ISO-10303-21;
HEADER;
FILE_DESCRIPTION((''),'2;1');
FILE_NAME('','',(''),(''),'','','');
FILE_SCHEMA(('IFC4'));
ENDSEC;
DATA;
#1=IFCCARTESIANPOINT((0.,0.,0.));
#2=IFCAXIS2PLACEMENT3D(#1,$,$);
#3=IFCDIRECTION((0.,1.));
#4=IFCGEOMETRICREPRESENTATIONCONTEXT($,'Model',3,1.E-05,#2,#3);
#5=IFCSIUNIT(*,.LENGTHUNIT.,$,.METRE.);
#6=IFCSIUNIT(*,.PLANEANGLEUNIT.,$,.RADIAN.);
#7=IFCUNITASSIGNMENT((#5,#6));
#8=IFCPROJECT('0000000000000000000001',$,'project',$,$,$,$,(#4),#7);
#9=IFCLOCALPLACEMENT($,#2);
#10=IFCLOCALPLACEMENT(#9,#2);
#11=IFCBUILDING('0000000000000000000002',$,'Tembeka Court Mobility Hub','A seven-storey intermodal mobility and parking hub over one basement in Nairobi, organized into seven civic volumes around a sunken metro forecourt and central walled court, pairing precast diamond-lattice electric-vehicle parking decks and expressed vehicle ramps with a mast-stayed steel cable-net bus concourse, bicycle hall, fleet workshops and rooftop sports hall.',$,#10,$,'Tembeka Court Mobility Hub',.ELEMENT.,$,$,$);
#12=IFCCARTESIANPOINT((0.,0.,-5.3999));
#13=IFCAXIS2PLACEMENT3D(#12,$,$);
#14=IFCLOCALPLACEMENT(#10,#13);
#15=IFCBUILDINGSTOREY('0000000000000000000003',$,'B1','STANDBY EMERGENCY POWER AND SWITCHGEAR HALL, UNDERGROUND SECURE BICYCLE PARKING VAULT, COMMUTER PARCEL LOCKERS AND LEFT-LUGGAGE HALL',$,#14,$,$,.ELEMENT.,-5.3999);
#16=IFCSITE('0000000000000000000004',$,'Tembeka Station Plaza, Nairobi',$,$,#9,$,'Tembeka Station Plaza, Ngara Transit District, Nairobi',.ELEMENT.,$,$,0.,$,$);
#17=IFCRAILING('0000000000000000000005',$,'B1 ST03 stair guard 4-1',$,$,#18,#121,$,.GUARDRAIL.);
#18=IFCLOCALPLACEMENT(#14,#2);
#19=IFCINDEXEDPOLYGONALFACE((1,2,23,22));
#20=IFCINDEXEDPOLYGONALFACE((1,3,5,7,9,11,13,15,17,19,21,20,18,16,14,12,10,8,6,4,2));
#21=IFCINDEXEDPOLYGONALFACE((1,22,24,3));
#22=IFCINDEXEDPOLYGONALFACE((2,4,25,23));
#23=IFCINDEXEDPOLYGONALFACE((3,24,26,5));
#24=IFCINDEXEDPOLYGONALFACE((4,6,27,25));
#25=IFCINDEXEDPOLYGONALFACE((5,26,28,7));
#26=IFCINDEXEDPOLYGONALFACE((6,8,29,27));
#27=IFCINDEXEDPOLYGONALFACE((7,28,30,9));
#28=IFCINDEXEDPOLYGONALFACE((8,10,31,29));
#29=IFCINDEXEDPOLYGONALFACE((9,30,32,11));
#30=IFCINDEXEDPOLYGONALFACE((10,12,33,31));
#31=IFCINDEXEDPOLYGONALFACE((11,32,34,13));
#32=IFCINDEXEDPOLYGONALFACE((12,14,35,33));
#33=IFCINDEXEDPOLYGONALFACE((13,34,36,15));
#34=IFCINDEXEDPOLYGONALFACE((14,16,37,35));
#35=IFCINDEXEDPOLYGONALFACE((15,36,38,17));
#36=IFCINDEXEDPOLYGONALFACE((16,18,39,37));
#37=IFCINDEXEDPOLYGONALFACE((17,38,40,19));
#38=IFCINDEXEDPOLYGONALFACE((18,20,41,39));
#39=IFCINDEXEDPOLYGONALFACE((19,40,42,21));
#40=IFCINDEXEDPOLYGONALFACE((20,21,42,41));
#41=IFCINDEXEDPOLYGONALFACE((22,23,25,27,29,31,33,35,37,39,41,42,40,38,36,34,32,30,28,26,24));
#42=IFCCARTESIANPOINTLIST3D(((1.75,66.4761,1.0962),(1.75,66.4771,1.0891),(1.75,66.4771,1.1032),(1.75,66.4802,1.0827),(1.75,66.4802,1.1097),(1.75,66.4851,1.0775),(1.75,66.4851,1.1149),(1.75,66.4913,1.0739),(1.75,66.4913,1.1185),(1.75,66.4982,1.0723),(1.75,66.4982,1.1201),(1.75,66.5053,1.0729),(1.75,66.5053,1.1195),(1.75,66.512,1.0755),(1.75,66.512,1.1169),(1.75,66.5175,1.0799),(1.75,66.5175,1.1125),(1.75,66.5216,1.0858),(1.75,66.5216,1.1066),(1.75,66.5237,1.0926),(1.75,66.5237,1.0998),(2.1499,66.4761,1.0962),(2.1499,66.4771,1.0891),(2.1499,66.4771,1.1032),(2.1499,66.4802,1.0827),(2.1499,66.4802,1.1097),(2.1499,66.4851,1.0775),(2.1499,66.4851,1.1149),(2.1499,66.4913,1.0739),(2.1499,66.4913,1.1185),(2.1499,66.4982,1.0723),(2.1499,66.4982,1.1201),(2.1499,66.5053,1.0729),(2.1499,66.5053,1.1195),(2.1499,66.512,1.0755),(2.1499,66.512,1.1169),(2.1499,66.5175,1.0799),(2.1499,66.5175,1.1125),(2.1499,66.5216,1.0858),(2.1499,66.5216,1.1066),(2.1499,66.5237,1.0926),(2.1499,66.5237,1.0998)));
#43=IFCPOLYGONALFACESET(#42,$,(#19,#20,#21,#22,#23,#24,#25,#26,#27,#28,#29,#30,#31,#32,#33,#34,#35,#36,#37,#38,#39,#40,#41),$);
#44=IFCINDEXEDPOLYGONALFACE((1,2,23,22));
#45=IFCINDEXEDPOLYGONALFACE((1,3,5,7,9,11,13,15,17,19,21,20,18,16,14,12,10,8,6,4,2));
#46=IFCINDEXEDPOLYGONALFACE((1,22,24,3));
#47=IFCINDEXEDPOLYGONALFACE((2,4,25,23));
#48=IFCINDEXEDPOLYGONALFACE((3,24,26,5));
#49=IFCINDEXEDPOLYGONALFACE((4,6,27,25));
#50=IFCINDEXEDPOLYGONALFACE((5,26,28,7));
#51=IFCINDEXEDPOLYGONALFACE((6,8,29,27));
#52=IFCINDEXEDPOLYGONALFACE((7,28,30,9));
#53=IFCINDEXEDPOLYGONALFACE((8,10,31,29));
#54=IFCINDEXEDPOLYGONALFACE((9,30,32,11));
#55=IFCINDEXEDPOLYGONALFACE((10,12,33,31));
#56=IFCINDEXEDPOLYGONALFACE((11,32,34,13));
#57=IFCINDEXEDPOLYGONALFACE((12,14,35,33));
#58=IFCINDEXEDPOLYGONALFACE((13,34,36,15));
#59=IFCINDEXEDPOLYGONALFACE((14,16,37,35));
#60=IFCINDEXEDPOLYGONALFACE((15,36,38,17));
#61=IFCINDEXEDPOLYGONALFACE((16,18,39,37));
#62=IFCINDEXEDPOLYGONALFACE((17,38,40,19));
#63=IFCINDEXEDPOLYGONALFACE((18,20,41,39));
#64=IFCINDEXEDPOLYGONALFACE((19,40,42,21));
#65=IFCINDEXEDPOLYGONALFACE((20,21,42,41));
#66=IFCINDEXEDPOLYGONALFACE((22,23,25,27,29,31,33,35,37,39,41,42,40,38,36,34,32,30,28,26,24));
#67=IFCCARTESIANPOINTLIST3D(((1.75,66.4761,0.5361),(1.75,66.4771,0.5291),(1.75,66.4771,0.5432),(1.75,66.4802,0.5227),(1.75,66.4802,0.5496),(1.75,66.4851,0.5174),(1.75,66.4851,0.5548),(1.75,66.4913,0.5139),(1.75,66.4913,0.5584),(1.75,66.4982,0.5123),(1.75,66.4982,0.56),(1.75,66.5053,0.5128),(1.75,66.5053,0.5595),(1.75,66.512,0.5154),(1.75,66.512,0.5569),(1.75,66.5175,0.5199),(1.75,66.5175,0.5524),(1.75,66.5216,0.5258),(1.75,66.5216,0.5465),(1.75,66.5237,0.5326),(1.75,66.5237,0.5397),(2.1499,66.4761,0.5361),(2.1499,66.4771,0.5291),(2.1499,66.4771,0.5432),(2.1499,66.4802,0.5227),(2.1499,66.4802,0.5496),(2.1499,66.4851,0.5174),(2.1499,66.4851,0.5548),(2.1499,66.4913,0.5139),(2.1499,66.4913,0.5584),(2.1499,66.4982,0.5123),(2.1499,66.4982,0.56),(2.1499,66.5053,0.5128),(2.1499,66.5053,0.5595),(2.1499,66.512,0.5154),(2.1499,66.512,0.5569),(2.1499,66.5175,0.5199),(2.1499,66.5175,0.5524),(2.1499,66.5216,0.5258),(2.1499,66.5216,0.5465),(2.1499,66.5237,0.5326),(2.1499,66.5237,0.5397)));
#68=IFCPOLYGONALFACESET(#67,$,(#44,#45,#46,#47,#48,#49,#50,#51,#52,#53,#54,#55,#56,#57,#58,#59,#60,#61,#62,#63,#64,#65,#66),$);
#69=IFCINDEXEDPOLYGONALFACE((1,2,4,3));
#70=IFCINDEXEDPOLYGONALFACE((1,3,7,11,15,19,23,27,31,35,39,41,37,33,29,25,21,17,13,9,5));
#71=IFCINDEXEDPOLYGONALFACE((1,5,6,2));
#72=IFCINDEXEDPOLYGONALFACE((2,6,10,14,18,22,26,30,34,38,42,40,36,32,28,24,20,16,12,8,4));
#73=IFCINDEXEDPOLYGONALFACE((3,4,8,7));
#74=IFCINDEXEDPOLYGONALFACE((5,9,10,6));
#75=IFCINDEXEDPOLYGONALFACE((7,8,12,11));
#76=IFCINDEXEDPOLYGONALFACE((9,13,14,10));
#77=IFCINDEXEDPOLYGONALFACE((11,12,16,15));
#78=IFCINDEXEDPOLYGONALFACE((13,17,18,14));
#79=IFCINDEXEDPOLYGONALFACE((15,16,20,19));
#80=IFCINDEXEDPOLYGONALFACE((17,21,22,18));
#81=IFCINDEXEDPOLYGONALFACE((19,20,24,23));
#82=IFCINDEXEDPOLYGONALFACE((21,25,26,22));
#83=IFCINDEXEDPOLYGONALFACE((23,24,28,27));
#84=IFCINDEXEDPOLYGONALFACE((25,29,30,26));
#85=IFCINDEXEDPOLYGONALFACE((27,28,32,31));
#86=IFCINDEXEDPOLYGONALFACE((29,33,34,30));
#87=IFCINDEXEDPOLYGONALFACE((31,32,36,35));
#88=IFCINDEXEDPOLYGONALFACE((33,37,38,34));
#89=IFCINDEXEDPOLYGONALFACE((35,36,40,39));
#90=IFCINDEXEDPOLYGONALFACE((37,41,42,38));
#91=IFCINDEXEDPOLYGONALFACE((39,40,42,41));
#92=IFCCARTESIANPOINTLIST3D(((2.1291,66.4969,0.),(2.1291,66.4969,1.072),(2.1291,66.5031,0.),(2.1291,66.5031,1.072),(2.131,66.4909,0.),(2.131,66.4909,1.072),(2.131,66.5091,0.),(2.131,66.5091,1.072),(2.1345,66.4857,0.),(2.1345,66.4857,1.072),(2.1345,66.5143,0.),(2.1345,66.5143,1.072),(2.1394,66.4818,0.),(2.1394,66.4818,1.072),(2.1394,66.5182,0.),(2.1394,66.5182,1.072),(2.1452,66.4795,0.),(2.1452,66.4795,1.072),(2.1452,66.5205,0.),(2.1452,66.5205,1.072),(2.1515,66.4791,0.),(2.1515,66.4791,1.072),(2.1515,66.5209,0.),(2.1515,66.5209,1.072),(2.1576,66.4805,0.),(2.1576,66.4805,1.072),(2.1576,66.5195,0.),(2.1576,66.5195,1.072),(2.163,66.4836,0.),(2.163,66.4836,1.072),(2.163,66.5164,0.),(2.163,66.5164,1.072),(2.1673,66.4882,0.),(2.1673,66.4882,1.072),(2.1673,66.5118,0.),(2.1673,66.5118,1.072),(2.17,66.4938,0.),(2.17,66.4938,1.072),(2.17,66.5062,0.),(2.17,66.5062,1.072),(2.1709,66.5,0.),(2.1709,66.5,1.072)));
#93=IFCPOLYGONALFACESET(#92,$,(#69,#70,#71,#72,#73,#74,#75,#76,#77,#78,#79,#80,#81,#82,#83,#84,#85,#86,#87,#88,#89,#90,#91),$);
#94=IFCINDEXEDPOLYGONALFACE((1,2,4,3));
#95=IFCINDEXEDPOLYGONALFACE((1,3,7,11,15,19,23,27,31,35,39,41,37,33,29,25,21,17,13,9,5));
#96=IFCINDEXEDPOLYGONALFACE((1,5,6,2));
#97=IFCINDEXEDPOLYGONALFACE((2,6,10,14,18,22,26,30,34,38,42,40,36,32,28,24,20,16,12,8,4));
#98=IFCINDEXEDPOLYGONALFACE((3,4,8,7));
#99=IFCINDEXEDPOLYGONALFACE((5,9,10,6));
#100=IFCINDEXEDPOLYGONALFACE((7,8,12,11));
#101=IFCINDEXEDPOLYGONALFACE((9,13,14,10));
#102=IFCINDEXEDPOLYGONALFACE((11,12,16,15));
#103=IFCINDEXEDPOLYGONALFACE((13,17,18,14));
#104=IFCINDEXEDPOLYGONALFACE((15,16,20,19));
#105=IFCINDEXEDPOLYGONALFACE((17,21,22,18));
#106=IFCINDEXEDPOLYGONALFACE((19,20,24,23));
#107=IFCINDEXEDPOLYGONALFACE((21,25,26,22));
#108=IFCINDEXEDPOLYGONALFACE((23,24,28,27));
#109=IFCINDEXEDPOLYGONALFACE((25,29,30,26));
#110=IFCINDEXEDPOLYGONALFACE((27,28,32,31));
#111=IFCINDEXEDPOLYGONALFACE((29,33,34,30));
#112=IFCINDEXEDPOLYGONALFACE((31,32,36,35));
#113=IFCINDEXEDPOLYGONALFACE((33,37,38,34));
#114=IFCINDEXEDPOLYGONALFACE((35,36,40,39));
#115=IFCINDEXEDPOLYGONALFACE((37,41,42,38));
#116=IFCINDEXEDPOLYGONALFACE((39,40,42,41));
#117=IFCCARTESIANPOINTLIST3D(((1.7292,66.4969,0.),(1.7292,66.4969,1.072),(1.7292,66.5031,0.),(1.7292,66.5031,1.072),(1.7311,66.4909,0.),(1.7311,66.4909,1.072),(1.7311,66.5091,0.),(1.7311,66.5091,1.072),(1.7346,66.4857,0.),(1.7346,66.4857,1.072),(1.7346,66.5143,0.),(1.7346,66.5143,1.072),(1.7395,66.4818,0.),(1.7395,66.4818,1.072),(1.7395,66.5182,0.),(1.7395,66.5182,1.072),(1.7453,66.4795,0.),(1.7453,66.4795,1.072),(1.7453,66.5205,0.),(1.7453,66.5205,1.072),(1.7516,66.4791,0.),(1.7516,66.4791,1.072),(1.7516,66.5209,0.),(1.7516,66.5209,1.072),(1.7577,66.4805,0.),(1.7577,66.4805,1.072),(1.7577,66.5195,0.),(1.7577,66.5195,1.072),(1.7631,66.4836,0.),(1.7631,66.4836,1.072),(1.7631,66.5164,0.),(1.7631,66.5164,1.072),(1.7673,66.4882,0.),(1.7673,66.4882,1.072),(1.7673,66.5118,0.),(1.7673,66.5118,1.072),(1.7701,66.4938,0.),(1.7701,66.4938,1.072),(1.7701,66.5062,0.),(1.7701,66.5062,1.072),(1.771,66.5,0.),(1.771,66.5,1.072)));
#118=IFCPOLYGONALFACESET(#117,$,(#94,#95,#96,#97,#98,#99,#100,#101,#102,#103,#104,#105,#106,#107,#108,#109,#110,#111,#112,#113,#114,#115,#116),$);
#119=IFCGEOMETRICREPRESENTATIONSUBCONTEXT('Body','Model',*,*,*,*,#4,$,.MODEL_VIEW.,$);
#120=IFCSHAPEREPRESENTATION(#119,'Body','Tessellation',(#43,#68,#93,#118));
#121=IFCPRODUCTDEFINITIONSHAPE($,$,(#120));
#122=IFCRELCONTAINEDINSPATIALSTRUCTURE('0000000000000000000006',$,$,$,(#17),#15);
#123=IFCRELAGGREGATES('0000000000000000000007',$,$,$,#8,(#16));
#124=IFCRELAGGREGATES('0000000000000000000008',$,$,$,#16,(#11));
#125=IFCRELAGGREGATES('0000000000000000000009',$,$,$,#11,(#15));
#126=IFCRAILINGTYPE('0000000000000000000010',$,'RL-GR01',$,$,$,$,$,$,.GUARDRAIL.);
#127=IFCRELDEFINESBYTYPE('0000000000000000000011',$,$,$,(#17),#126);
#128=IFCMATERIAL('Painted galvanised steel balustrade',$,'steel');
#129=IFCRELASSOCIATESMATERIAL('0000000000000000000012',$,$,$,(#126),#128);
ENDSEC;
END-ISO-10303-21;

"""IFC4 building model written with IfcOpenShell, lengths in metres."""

from ifc_helpers import new_model, si_unit, direction, frame, origin, origin_2d, place, context, subcontext, project, spatial, circle, extrude, material, type_object, element, save


model = new_model("IFC4")

# Units and contexts
model_context = context("Model", 3, precision=1e-05, world=origin(), true_north=direction((0.0, 1.0)))
body_context = subcontext(model_context, "Body", "Model", "MODEL_VIEW")
ifc_project = project(units=[si_unit("LENGTHUNIT", "METRE"), si_unit("PLANEANGLEUNIT", "RADIAN")], contexts=[model_context])

# Site, building, storey
site_placement = place(None, origin())
site = spatial("IfcSite", under=ifc_project, at=site_placement, Name="Tembeka Station Plaza, Nairobi", LongName="Tembeka Station Plaza, Ngara Transit District, Nairobi", CompositionType="ELEMENT", RefElevation=0.0)
building_placement = place(site_placement, origin())
building = spatial("IfcBuilding", under=site, at=building_placement, Name="Tembeka Court Mobility Hub", Description="A seven-storey intermodal mobility and parking hub over one basement in Nairobi, organized into seven civic volumes around a sunken metro forecourt and central walled court, pairing precast diamond-lattice electric-vehicle parking decks and expressed vehicle ramps with a mast-stayed steel cable-net bus concourse, bicycle hall, fleet workshops and rooftop sports hall.", LongName="Tembeka Court Mobility Hub", CompositionType="ELEMENT")
storey_placement = place(building_placement, frame((0.0, 0.0, -5.3999)))
storey = spatial("IfcBuildingStorey", under=building, at=storey_placement, Name="B1", Description="STANDBY EMERGENCY POWER AND SWITCHGEAR HALL, UNDERGROUND SECURE BICYCLE PARKING VAULT, COMMUTER PARCEL LOCKERS AND LEFT-LUGGAGE HALL", CompositionType="ELEMENT", Elevation=-5.3999)

# Railing
ifc_material_1 = material(Name="Painted galvanised steel balustrade", Category="steel")
railing_type_1 = type_object("IfcRailingType", Name="RL-GR01", PredefinedType="GUARDRAIL", material=ifc_material_1)
railing_1_placement = place(storey_placement, frame((2.1499, 66.5, 0.0)))
element("IfcRailing", 1, at=railing_1_placement, inside=storey, type_object=railing_type_1, Name="B1 ST03 stair guard 4-1", PredefinedType="GUARDRAIL", context=body_context, shape_type="SweptSolid", body=[
    extrude(circle(Radius=0.0239, at=origin_2d()), frame((0.0, 0.0, 1.0962), z_axis=(-1.0, 0.0, 0.0), x_axis=(0.0, -1.0, 0.0)), (0.0, 0.0, 1.0), 0.3999),
    extrude(circle(Radius=0.0239, at=origin_2d()), frame((0.0, 0.0, 0.5361), z_axis=(-1.0, 0.0, 0.0), x_axis=(0.0, -1.0, 0.0)), (0.0, 0.0, 1.0), 0.3999),
    extrude(circle(Radius=0.021, at=origin_2d()), origin(), (0.0, 0.0, 1.0), 1.072),
    extrude(circle(Radius=0.021, at=origin_2d()), frame((-0.3999, 0.0, 0.0)), (0.0, 0.0, 1.0), 1.072),
])

save(model, "model.ifc")
